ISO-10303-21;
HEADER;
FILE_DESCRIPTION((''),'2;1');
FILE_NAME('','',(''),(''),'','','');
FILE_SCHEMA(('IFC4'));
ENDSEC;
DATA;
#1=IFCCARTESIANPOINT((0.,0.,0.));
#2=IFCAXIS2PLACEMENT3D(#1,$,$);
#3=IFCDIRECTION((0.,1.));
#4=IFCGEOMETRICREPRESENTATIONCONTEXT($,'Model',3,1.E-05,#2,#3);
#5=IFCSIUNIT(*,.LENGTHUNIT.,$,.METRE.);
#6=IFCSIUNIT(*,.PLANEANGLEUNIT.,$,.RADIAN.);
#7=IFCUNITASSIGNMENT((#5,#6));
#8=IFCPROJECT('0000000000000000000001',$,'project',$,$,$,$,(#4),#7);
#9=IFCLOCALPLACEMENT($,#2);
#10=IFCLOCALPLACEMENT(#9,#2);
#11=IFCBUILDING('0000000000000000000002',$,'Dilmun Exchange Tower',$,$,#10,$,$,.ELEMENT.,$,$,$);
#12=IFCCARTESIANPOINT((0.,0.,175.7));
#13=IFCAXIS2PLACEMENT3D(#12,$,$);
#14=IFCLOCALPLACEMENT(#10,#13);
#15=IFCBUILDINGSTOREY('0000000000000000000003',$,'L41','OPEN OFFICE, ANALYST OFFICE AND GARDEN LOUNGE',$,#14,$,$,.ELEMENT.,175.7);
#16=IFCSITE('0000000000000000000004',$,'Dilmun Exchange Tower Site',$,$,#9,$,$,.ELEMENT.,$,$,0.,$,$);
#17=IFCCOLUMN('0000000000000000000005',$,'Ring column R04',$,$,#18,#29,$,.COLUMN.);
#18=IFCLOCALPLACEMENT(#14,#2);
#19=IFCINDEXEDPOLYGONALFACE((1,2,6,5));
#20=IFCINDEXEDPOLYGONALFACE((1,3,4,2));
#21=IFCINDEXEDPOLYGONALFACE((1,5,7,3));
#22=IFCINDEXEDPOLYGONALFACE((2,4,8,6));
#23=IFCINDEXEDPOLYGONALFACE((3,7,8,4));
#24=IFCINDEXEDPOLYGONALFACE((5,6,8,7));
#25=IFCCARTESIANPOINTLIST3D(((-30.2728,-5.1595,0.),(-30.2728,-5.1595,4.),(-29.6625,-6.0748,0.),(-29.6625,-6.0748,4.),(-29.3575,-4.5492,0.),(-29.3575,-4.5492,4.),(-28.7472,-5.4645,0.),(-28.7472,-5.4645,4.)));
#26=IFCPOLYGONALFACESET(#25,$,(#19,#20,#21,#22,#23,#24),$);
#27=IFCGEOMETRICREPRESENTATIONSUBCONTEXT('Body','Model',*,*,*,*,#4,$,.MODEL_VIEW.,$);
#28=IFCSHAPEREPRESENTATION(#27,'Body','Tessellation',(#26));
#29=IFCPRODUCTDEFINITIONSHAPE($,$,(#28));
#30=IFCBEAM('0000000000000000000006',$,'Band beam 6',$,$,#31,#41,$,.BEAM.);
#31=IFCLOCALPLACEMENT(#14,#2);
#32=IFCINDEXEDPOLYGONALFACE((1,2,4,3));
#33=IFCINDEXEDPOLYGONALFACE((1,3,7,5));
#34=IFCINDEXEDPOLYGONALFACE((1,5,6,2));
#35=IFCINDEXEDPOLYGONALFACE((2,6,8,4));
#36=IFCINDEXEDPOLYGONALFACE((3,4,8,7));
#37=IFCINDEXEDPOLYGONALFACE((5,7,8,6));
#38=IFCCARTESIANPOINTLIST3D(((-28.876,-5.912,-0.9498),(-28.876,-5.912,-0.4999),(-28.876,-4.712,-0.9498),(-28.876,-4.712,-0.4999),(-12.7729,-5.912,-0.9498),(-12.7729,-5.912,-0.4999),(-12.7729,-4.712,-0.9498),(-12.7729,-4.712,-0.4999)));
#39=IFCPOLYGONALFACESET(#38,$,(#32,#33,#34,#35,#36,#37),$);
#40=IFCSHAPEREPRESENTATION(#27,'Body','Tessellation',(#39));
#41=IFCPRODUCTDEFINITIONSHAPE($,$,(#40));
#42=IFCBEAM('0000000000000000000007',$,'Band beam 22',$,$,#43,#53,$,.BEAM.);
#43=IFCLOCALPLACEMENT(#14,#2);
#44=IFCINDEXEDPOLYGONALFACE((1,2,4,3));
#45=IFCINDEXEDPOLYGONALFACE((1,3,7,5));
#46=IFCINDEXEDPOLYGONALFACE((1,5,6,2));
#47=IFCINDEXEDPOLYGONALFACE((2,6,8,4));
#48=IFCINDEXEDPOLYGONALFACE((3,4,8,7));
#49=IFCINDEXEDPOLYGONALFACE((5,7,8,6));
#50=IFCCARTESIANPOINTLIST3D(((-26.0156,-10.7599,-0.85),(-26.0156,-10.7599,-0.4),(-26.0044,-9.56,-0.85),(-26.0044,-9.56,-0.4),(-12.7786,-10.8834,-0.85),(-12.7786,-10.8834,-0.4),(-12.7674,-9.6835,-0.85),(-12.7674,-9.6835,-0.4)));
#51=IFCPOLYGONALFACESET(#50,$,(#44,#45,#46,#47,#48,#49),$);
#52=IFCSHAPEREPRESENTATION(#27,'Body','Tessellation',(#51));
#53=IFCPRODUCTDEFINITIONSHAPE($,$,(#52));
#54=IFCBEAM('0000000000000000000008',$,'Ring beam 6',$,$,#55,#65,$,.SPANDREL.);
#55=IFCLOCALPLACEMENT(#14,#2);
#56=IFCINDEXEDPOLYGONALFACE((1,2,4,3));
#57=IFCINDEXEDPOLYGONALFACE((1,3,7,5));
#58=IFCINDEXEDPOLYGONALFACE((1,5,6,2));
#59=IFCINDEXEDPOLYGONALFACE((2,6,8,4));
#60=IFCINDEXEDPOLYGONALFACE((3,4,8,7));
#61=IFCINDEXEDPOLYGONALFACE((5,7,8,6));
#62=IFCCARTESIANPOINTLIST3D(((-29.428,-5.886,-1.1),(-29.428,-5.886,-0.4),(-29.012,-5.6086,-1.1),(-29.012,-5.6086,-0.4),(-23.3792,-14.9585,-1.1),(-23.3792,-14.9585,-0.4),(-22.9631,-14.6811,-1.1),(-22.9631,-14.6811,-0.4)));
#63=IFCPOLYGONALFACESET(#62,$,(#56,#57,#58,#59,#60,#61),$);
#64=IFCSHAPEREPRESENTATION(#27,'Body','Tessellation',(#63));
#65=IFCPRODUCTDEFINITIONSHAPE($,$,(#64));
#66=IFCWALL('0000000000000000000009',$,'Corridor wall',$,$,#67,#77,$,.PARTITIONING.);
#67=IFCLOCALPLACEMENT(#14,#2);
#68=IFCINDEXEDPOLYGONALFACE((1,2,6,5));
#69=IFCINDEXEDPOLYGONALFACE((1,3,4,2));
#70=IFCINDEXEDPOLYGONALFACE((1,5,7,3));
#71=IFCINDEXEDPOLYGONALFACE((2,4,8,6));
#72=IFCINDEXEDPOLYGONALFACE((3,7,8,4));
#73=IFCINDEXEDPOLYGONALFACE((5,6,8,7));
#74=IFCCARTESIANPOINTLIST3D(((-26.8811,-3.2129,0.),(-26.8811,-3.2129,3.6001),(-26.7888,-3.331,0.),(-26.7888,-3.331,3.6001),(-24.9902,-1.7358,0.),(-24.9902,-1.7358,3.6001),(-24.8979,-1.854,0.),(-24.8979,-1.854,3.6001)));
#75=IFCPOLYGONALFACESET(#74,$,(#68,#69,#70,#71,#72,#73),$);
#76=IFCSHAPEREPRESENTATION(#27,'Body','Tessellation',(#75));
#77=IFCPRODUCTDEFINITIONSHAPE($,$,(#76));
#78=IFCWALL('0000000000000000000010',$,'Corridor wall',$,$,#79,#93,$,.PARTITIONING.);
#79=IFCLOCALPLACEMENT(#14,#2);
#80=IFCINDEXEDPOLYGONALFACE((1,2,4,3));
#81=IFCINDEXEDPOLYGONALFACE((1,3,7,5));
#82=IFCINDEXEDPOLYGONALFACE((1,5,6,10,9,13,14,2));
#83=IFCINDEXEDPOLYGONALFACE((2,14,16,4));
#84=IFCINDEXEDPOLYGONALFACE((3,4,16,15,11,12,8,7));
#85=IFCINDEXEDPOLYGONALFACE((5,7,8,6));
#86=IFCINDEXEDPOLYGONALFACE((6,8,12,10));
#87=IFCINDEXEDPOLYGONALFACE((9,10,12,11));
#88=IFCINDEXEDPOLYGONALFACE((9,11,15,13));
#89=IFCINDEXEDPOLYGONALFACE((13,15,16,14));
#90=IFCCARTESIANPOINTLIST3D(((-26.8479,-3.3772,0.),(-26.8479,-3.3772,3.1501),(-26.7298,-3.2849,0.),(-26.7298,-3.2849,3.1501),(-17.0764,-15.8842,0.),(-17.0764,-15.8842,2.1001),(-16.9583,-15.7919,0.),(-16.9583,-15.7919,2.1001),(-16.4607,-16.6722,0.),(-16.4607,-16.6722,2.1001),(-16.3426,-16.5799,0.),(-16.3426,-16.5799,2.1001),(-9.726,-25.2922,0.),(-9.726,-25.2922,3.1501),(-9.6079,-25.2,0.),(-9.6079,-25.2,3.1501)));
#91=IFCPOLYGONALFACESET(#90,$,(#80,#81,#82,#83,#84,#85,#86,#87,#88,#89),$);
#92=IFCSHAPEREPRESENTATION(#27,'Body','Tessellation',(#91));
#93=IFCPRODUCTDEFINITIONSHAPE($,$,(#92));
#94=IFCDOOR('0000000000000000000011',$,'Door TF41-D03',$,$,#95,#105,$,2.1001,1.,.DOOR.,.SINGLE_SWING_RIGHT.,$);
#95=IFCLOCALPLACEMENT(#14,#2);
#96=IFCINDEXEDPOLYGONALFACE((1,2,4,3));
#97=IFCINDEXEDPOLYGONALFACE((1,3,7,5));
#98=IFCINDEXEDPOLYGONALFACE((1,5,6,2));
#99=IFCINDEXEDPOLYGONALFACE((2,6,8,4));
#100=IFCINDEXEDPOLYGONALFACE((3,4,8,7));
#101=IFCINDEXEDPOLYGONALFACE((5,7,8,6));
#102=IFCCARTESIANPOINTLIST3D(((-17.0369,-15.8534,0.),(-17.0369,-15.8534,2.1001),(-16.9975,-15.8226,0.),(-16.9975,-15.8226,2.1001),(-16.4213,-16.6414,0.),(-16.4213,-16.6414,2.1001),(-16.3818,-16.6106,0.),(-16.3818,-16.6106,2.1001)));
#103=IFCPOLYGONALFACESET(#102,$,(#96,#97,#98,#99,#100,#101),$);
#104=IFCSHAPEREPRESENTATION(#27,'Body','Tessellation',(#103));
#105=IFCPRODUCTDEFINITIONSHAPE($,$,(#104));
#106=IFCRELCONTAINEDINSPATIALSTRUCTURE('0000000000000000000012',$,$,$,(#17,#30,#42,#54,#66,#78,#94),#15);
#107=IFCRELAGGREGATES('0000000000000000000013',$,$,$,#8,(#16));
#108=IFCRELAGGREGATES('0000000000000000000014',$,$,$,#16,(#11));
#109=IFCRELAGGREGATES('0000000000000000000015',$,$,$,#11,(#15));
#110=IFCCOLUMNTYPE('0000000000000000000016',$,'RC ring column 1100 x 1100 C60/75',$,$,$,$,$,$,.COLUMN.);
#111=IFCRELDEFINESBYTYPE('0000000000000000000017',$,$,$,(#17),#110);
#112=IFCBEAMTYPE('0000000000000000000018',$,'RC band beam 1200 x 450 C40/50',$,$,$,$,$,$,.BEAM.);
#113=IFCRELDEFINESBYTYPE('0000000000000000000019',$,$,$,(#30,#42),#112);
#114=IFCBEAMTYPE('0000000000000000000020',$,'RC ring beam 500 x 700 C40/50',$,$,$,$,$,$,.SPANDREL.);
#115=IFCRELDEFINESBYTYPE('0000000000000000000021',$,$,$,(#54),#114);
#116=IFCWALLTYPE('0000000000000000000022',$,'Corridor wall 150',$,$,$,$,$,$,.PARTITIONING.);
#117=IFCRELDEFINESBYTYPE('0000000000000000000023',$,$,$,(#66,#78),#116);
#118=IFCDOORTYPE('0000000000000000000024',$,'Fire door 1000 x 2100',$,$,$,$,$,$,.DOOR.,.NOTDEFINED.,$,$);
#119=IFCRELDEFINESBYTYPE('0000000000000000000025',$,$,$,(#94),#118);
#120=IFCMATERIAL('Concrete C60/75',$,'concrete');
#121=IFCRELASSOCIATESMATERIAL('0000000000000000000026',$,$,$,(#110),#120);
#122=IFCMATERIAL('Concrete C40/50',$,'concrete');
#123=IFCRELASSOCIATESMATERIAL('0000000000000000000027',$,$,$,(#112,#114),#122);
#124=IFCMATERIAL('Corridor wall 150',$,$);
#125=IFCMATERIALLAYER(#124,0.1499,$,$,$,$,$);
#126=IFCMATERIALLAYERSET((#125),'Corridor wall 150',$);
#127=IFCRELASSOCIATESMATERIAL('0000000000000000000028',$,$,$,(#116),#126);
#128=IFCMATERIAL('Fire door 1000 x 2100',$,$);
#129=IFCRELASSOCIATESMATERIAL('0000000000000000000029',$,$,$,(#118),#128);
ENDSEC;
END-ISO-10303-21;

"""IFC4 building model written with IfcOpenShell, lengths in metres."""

from ifc_helpers import new_model, si_unit, direction, frame, frame_2d, origin, origin_2d, place, context, subcontext, project, spatial, rectangle, extrude, material, layer, layer_set, material_profile, profile_set, type_object, element, fill, save


model = new_model("IFC4")

# Units and contexts
model_context = context("Model", 3, precision=1e-05, world=origin(), true_north=direction((0.0, 1.0)))
body_context = subcontext(model_context, "Body", "Model", "MODEL_VIEW")
ifc_project = project(units=[si_unit("LENGTHUNIT", "METRE"), si_unit("PLANEANGLEUNIT", "RADIAN")], contexts=[model_context])

# Site, building, storey
site_placement = place(None, origin())
site = spatial("IfcSite", under=ifc_project, at=site_placement, Name="Dilmun Exchange Tower Site", CompositionType="ELEMENT", RefElevation=0.0)
building_placement = place(site_placement, origin())
building = spatial("IfcBuilding", under=site, at=building_placement, Name="Dilmun Exchange Tower", CompositionType="ELEMENT")
storey_placement = place(building_placement, frame((0.0, 0.0, 175.7)))
storey = spatial("IfcBuildingStorey", under=building, at=storey_placement, Name="L41", Description="OPEN OFFICE, ANALYST OFFICE AND GARDEN LOUNGE", CompositionType="ELEMENT", Elevation=175.7)

# Column
ifc_material_1 = material(Name="Concrete C60/75", Category="concrete")
ifc_material_profile_1 = material_profile(ifc_material_1, rectangle(XDim=1.1001, YDim=1.1001, at=origin_2d()), Name="1100 x 1100")
ifc_profile_set_1 = profile_set([ifc_material_profile_1], Name="Concrete C60/75")
column_type = type_object("IfcColumnType", Name="RC ring column 1100 x 1100 C60/75", PredefinedType="COLUMN", material=ifc_profile_set_1)
column_placement = place(storey_placement, frame((-29.51, -5.312, 0.0), z_axis=(0.0, 0.0, 1.0), x_axis=(0.832029, 0.554733, 0.0)))
element("IfcColumn", 1, at=column_placement, inside=storey, type_object=column_type, Name="Ring column R04", PredefinedType="COLUMN", context=body_context, shape_type="SweptSolid", body=[
    extrude(rectangle(XDim=1.1001, YDim=1.1001, at=origin_2d()), origin(), (0.0, 0.0, 1.0), 4.0),
])

# Beams
ifc_material_2 = material(Name="Concrete C40/50", Category="concrete")
ifc_material_profile_2 = material_profile(ifc_material_2, rectangle(XDim=1.2, YDim=0.45, at=origin_2d()), Name="1200 x 450")
ifc_profile_set_2 = profile_set([ifc_material_profile_2], Name="Concrete C40/50")
beam_type_1 = type_object("IfcBeamType", Name="RC band beam 1200 x 450 C40/50", PredefinedType="BEAM", material=ifc_profile_set_2)
beam_1_placement = place(storey_placement, frame((-28.876, -5.312, -0.7249), z_axis=(1.0, 0.0, 0.0), x_axis=(0.0, 1.0, 0.0)))
element("IfcBeam", 2, at=beam_1_placement, inside=storey, type_object=beam_type_1, Name="Band beam 6", PredefinedType="BEAM", context=body_context, shape_type="SweptSolid", body=[
    extrude(rectangle(XDim=1.2, YDim=0.45, at=origin_2d()), origin(), (0.0, 0.0, 1.0), 16.103),
])
beam_2_placement = place(storey_placement, frame((-26.01, -10.1599, -0.625), z_axis=(0.999956, -0.009332, 0.0), x_axis=(0.009332, 0.999956, 0.0)))
element("IfcBeam", 3, at=beam_2_placement, inside=storey, type_object=beam_type_1, Name="Band beam 22", PredefinedType="BEAM", context=body_context, shape_type="SweptSolid", body=[
    extrude(rectangle(XDim=1.2, YDim=0.45, at=origin_2d()), origin(), (0.0, 0.0, 1.0), 13.2375),
])
ifc_material_profile_3 = material_profile(ifc_material_2, rectangle(XDim=0.5, YDim=0.7, at=origin_2d()), Name="500 x 700")
ifc_profile_set_3 = profile_set([ifc_material_profile_3], Name="Concrete C40/50")
beam_type_2 = type_object("IfcBeamType", Name="RC ring beam 500 x 700 C40/50", PredefinedType="SPANDREL", material=ifc_profile_set_3)
beam_3_placement = place(storey_placement, frame((-29.22, -5.7473, -0.75), z_axis=(0.554731, -0.83203, 0.0), x_axis=(0.83203, 0.554731, 0.0)))
element("IfcBeam", 4, at=beam_3_placement, inside=storey, type_object=beam_type_2, Name="Ring beam 6", PredefinedType="SPANDREL", context=body_context, shape_type="SweptSolid", body=[
    extrude(rectangle(XDim=0.5, YDim=0.7, at=origin_2d()), origin(), (0.0, 0.0, 1.0), 10.9041),
])

# Wall
ifc_material_3 = material(Name="Corridor wall 150")
ifc_layer_1 = layer(ifc_material_3, 0.1499)
ifc_layer_set_1 = layer_set([ifc_layer_1], Name="Corridor wall 150")
wall_type_1 = type_object("IfcWallType", Name="Corridor wall 150", PredefinedType="PARTITIONING", material=ifc_layer_set_1)
wall_1_placement = place(storey_placement, frame((-26.835, -3.272, 0.0), z_axis=(0.0, 0.0, 1.0), x_axis=(0.788063, 0.615595, 0.0)))
element("IfcWall", 5, at=wall_1_placement, inside=storey, type_object=wall_type_1, Name="Corridor wall", PredefinedType="PARTITIONING", context=body_context, shape_type="SweptSolid", body=[
    extrude(rectangle(XDim=2.3994, YDim=0.1499, at=frame_2d((1.1997, 0.0))), origin(), (0.0, 0.0, 1.0), 3.6001),
])

# Wall, opening, door
wall_2_placement = place(storey_placement, frame((-26.7888, -3.3311, 0.0), z_axis=(0.0, 0.0, 1.0), x_axis=(0.61566, -0.788012, 0.0)))
wall_2 = element("IfcWall", 6, at=wall_2_placement, inside=storey, type_object=wall_type_1, Name="Corridor wall", PredefinedType="PARTITIONING", context=body_context, shape_type="SweptSolid", body=[
    extrude(rectangle(XDim=27.8105, YDim=0.1499, at=frame_2d((13.9053, 0.0))), origin(), (0.0, 0.0, 1.0), 3.1501),
])
opening_1_placement = place(wall_2_placement, frame((15.8716, 0.0, 0.0)))
opening_1 = element("IfcOpeningElement", 7, at=opening_1_placement, cuts=wall_2, PredefinedType="OPENING", context=body_context, shape_type="SweptSolid", body=[
    extrude(rectangle(XDim=1.0, YDim=2.1001, at=frame_2d((0.5, 1.05))), frame((0.0, 0.085, 0.0), z_axis=(0.0, -1.0, 0.0), x_axis=(1.0, 0.0, 0.0)), (0.0, 0.0, 1.0), 0.1699),
])
ifc_material_4 = material(Name="Fire door 1000 x 2100")
door_type = type_object("IfcDoorType", Name="Fire door 1000 x 2100", OperationType="NOTDEFINED", PredefinedType="DOOR", material=ifc_material_4)
door_placement = place(opening_1_placement, frame((1.0, 0.0, 0.0), z_axis=(0.0, 0.0, 1.0), x_axis=(-1.0, 0.0, 0.0)))
door = element("IfcDoor", 8, at=door_placement, inside=storey, type_object=door_type, Name="Door TF41-D03", OperationType="SINGLE_SWING_RIGHT", OverallHeight=2.1001, OverallWidth=1.0, PredefinedType="DOOR", context=body_context, shape_type="SweptSolid", body=[
    extrude(rectangle(XDim=1.0, YDim=2.1001, at=frame_2d((0.5, 1.05))), frame((0.0, 0.0249, 0.0), z_axis=(0.0, -1.0, 0.0), x_axis=(1.0, 0.0, 0.0)), (0.0, 0.0, 1.0), 0.05),
])
fill(opening_1, door)

save(model, "model.ifc")
